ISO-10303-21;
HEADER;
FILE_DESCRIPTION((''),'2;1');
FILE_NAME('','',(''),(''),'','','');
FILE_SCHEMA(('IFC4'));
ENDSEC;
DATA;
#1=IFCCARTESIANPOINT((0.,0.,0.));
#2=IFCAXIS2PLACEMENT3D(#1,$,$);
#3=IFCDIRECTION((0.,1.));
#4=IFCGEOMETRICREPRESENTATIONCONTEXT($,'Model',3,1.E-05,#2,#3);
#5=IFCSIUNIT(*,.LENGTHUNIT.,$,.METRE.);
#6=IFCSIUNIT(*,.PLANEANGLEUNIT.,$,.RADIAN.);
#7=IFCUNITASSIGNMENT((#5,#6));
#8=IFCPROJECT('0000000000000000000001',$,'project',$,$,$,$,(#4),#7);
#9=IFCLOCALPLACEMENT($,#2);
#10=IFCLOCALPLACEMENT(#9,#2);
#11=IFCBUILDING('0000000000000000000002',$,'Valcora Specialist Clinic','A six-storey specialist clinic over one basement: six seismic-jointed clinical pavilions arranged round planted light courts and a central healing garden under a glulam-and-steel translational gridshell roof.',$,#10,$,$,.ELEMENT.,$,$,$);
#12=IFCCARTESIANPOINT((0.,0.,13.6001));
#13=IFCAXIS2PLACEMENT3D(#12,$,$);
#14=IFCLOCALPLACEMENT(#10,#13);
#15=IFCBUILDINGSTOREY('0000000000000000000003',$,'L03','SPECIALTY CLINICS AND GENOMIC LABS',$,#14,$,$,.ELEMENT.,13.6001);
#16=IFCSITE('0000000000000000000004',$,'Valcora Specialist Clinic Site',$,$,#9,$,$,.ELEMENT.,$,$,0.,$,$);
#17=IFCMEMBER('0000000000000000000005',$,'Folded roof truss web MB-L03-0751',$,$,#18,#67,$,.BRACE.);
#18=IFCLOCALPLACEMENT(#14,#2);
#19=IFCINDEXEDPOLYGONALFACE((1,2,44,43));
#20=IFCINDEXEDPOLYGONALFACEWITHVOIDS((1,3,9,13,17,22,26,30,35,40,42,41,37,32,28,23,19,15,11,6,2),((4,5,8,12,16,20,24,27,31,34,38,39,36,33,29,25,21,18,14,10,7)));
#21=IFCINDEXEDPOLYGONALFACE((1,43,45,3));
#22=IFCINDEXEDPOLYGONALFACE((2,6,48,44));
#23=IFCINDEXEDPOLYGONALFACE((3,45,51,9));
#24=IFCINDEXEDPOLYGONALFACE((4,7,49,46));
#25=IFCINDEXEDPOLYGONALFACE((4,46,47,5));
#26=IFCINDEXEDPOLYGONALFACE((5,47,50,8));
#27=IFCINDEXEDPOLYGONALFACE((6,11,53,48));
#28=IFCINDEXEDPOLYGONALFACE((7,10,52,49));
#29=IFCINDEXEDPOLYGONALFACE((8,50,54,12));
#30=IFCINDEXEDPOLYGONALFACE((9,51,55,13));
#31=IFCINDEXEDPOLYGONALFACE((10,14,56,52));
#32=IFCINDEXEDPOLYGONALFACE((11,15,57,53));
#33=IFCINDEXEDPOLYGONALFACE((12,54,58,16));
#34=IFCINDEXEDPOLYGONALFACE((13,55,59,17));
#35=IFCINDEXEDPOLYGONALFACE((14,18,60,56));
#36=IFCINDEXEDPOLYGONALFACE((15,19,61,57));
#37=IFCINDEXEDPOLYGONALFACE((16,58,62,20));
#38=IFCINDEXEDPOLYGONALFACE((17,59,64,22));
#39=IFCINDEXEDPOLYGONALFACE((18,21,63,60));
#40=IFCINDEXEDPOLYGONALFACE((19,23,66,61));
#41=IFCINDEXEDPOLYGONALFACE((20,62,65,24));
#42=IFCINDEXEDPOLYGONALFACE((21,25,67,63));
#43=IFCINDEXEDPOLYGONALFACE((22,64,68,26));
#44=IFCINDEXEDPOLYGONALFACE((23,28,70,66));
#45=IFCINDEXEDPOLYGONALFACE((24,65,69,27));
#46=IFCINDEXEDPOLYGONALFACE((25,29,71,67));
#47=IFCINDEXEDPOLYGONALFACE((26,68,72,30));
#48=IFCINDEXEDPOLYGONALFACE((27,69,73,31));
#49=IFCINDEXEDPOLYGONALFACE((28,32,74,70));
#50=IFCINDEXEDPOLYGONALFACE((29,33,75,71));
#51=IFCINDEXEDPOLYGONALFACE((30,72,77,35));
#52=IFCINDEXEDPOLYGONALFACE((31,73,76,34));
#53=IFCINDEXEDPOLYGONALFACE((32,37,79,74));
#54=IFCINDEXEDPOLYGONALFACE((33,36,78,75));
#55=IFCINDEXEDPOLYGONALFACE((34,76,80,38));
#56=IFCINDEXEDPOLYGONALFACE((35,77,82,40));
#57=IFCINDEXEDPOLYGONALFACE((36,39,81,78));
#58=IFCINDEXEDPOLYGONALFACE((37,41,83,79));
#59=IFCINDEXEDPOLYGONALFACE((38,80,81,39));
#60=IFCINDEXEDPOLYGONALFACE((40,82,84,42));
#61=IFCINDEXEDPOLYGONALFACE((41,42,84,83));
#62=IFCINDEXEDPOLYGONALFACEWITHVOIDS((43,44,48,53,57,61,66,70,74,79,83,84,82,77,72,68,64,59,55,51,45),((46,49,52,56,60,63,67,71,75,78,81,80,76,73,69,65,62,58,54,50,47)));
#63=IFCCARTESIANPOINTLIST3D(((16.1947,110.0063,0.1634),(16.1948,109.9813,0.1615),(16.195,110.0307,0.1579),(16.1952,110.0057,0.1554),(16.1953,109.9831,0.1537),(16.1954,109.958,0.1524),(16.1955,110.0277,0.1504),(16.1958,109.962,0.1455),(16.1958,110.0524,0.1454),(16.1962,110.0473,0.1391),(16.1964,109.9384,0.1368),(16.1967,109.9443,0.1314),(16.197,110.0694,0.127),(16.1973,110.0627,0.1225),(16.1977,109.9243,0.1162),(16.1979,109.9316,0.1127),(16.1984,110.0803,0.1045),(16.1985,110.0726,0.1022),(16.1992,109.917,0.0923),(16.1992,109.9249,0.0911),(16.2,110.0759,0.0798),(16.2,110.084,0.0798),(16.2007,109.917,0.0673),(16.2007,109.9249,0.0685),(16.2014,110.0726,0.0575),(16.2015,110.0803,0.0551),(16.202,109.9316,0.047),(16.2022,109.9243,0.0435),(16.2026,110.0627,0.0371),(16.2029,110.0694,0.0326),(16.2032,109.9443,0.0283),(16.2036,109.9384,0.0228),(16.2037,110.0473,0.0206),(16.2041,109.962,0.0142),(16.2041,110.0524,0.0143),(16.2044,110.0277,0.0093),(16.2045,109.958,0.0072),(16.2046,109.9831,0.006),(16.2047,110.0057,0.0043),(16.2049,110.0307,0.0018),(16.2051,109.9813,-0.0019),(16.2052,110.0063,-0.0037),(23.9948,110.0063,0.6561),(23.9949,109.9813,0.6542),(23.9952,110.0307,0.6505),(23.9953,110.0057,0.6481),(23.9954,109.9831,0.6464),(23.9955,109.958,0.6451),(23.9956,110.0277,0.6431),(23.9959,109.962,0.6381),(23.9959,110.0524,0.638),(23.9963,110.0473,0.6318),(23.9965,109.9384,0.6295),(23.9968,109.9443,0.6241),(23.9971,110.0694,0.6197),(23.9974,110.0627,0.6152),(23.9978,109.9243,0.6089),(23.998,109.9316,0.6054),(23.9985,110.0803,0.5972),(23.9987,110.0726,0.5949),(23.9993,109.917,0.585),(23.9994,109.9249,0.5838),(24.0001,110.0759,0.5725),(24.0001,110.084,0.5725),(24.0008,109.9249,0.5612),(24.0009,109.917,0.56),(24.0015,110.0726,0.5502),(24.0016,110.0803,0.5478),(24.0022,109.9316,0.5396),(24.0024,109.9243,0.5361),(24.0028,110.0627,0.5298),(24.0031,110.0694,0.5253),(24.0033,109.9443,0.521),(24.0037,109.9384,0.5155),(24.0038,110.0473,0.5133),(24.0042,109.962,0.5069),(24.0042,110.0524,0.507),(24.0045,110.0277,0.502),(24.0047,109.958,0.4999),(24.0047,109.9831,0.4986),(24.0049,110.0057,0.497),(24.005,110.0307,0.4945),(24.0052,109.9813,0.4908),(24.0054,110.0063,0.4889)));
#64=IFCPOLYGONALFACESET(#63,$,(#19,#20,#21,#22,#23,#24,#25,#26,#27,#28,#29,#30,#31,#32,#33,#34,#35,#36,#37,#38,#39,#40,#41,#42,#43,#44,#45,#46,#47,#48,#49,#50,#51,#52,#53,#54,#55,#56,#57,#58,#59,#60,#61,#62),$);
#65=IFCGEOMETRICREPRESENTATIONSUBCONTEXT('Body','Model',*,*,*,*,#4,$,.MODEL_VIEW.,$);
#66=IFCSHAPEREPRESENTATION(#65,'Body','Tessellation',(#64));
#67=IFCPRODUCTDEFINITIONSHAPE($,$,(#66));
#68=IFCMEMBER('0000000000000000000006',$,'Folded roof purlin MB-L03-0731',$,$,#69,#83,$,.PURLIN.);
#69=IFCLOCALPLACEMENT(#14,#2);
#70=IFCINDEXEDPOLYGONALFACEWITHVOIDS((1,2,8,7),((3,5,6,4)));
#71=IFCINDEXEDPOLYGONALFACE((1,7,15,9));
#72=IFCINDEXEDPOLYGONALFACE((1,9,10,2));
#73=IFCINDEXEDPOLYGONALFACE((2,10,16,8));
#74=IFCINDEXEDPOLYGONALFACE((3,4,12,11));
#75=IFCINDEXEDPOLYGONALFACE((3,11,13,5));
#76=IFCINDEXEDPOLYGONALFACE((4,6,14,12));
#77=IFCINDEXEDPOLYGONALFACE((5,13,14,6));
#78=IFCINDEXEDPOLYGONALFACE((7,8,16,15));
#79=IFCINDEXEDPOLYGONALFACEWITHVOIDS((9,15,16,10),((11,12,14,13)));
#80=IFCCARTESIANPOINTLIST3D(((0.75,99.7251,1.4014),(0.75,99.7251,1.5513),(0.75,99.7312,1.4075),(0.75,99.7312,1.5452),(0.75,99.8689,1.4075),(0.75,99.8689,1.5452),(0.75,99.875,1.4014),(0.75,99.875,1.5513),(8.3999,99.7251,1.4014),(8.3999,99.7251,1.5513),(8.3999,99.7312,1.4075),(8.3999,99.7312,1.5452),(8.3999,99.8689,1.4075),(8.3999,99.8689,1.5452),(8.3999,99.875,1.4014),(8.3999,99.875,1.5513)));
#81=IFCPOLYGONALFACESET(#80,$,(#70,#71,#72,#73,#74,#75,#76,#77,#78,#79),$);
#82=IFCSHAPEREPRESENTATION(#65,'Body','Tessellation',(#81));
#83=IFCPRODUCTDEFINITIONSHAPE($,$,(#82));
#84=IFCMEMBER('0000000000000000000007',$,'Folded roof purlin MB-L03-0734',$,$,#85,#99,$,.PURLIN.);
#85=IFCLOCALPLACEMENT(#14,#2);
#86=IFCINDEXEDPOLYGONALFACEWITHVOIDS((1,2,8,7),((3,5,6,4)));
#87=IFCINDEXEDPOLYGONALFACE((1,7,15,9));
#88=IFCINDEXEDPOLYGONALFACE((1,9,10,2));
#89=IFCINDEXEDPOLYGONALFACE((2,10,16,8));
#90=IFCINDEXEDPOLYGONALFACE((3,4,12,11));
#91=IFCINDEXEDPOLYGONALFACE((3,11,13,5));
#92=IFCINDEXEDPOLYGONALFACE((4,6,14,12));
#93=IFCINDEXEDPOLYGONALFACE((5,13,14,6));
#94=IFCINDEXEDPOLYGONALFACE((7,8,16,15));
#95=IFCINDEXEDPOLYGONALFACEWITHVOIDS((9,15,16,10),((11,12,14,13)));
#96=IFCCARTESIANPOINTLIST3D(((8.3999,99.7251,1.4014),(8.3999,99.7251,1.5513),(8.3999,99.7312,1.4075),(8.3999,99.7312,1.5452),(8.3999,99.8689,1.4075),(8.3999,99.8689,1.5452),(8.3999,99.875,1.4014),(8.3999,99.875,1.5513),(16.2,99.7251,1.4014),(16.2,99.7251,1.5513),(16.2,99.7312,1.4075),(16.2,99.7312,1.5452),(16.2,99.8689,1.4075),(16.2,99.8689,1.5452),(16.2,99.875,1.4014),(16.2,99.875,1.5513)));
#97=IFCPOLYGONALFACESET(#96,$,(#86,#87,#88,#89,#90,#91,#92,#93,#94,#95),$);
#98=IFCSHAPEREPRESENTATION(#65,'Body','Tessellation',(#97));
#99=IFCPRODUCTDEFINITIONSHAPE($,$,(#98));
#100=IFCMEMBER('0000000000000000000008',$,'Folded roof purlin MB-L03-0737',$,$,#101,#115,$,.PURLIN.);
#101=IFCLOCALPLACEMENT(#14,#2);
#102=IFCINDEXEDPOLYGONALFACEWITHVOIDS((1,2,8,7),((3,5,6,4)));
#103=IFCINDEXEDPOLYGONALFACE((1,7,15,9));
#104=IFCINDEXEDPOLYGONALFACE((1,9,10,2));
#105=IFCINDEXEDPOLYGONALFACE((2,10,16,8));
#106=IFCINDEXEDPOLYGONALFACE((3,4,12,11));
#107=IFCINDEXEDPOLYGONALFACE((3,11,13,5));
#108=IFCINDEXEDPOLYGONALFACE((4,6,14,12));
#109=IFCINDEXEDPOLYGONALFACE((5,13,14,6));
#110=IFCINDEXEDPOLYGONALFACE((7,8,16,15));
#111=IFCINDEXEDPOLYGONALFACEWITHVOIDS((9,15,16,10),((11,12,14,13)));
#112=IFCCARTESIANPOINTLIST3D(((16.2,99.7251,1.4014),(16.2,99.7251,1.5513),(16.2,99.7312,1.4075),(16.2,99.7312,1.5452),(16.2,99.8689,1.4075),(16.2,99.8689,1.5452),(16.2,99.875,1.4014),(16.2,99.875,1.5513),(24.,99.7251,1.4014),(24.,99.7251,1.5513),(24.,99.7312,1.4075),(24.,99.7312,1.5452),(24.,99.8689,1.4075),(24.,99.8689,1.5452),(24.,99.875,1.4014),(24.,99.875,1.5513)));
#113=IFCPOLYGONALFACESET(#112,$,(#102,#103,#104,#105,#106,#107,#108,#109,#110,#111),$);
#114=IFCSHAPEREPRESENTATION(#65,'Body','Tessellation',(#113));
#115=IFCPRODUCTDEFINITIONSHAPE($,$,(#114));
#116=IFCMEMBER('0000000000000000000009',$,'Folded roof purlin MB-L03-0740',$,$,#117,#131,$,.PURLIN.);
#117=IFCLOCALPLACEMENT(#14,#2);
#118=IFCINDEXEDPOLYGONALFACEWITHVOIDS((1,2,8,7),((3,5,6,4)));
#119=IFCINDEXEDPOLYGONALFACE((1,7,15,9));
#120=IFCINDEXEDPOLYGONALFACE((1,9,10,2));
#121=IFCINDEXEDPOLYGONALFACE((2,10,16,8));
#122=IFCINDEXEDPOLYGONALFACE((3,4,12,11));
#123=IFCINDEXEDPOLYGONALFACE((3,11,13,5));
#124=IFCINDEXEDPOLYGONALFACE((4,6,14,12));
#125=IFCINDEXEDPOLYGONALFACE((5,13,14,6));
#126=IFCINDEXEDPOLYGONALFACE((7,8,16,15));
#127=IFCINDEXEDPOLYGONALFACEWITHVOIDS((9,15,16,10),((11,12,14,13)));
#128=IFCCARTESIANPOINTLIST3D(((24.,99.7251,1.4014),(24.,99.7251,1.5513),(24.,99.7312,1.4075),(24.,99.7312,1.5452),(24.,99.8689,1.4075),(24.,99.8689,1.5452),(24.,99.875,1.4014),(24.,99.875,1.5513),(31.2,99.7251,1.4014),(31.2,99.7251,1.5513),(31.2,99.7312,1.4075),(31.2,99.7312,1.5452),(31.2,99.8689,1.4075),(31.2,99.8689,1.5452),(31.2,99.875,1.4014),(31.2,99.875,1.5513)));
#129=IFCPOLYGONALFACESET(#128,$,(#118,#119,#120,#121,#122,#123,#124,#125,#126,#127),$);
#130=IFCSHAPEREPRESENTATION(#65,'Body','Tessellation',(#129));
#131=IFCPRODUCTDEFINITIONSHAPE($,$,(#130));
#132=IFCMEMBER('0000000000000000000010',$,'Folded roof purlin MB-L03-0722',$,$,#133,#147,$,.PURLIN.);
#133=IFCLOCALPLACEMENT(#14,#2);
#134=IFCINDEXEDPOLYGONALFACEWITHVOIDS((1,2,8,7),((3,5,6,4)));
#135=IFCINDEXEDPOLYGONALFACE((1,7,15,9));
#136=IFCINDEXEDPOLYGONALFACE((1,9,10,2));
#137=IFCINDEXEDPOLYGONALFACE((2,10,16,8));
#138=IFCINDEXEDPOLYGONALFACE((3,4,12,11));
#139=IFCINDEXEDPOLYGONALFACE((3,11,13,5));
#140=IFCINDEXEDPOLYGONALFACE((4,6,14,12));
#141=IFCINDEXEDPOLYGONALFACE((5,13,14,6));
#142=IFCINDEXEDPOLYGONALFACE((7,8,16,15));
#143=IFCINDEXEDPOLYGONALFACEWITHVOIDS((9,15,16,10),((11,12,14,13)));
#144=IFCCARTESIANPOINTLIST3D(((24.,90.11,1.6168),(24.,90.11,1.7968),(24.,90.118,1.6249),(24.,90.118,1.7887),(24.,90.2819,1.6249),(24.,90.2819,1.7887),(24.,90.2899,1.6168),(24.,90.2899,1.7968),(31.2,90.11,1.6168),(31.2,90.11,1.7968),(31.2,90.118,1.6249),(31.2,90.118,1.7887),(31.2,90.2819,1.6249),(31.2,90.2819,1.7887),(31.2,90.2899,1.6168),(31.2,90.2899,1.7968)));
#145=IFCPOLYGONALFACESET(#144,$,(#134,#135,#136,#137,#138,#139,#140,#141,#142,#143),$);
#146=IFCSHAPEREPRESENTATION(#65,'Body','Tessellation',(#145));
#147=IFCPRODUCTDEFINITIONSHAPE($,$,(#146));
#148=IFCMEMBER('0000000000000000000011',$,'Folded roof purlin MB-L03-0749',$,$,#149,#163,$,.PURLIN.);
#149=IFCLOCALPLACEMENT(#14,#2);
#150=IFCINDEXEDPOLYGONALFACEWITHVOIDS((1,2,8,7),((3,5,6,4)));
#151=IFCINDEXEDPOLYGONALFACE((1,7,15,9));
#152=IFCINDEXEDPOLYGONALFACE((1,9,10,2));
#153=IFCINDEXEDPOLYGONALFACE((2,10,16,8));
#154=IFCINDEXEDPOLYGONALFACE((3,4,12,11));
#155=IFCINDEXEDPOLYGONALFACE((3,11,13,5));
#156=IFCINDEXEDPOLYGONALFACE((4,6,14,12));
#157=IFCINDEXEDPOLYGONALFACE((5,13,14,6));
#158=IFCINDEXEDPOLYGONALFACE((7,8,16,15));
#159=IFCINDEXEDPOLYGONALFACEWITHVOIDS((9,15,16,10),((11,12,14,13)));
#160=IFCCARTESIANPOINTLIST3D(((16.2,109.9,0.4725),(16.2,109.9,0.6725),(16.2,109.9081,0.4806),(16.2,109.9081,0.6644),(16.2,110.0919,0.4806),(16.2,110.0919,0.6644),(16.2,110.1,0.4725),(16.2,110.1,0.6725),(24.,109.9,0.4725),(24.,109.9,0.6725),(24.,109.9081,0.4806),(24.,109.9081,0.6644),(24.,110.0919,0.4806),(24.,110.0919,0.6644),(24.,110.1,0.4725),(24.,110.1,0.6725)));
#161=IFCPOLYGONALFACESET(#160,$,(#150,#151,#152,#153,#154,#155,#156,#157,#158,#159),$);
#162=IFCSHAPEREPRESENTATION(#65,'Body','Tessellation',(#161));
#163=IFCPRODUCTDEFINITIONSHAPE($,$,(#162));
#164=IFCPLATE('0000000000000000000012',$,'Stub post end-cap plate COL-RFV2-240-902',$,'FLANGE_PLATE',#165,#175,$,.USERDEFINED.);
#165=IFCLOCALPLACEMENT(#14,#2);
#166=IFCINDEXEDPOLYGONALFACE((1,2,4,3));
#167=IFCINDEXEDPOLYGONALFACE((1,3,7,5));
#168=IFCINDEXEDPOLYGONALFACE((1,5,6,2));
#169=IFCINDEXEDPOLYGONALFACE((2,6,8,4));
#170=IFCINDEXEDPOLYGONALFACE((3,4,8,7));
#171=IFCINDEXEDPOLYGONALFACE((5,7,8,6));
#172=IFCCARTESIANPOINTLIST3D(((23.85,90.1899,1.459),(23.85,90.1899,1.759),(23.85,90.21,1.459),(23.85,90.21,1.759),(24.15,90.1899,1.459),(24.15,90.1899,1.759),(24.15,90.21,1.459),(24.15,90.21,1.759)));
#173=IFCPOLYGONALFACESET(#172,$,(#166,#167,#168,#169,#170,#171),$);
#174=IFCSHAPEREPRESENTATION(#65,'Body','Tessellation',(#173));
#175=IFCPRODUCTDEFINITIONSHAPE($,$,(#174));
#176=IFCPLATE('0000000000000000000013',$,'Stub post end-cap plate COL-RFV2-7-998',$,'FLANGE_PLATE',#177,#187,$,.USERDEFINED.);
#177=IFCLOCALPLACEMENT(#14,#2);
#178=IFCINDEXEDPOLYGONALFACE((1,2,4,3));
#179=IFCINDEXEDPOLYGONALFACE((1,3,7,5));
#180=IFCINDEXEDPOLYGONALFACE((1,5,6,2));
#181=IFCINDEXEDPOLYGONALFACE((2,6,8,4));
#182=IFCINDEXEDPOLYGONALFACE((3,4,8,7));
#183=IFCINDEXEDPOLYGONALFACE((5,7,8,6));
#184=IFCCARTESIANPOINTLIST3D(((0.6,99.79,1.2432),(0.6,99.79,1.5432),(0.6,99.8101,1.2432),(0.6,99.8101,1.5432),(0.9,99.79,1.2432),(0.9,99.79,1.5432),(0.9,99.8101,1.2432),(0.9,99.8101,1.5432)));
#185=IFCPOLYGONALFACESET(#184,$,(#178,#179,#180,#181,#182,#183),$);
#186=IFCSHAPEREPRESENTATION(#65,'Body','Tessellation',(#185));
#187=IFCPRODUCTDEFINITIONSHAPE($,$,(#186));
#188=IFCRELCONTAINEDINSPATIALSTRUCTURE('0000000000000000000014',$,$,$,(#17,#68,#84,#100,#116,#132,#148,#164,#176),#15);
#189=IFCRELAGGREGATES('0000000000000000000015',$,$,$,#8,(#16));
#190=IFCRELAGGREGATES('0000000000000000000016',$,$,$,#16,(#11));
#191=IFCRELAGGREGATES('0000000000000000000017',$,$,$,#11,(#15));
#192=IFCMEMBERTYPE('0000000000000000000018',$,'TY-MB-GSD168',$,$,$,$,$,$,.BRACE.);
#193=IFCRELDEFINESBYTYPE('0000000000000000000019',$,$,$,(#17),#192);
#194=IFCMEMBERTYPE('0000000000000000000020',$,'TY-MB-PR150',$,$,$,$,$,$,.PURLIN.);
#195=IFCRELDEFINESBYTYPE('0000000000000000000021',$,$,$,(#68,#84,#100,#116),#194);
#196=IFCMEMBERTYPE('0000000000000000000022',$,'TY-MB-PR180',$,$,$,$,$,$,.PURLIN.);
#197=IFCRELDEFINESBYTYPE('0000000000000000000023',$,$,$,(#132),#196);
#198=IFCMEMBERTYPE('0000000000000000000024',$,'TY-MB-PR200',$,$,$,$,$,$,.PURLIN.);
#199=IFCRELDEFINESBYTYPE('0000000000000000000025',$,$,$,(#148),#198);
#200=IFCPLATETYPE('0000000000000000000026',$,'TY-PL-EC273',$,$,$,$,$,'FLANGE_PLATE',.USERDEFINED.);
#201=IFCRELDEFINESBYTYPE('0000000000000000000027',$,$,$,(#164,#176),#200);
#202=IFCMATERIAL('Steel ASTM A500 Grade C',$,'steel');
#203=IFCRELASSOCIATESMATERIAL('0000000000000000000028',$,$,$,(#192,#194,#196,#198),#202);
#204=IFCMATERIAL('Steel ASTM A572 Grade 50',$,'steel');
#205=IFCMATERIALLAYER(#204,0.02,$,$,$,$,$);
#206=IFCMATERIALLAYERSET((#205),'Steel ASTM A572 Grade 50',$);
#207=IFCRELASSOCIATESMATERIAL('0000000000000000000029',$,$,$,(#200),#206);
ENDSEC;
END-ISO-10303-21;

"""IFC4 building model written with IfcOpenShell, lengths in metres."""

from ifc_helpers import new_model, si_unit, direction, frame, origin, origin_2d, place, context, subcontext, project, spatial, rectangle, hollow_rectangle, hollow_circle, extrude, material, layer, layer_set, material_profile, profile_set, type_object, element, save


model = new_model("IFC4")

# Units and contexts
model_context = context("Model", 3, precision=1e-05, world=origin(), true_north=direction((0.0, 1.0)))
body_context = subcontext(model_context, "Body", "Model", "MODEL_VIEW")
ifc_project = project(units=[si_unit("LENGTHUNIT", "METRE"), si_unit("PLANEANGLEUNIT", "RADIAN")], contexts=[model_context])

# Site, building, storey
site_placement = place(None, origin())
site = spatial("IfcSite", under=ifc_project, at=site_placement, Name="Valcora Specialist Clinic Site", CompositionType="ELEMENT", RefElevation=0.0)
building_placement = place(site_placement, origin())
building = spatial("IfcBuilding", under=site, at=building_placement, Name="Valcora Specialist Clinic", Description="A six-storey specialist clinic over one basement: six seismic-jointed clinical pavilions arranged round planted light courts and a central healing garden under a glulam-and-steel translational gridshell roof.", CompositionType="ELEMENT")
storey_placement = place(building_placement, frame((0.0, 0.0, 13.6001)))
storey = spatial("IfcBuildingStorey", under=building, at=storey_placement, Name="L03", Description="SPECIALTY CLINICS AND GENOMIC LABS", CompositionType="ELEMENT", Elevation=13.6001)

# Shared definitions
ifc_material_1 = material(Name="Steel ASTM A500 Grade C", Category="steel")

# Members
ifc_material_profile_1 = material_profile(ifc_material_1, hollow_circle(Radius=0.084, WallThickness=0.0081, at=origin_2d()), Name="ST-CHS-168X8")
ifc_profile_set_1 = profile_set([ifc_material_profile_1], Name="Steel ASTM A500 Grade C")
member_type_1 = type_object("IfcMemberType", Name="TY-MB-GSD168", PredefinedType="BRACE", material=ifc_profile_set_1)
member_1_placement = place(storey_placement, frame((16.2, 110.0, 0.0798), z_axis=(0.998011, 0.0, 0.063038), x_axis=(0.0, 1.0, 0.0)))
element("IfcMember", 1, at=member_1_placement, inside=storey, type_object=member_type_1, Name="Folded roof truss web MB-L03-0751", PredefinedType="BRACE", context=body_context, shape_type="SweptSolid", body=[
    extrude(hollow_circle(Radius=0.084, WallThickness=0.0081, at=origin_2d()), origin(), (0.0, 0.0, 1.0), 7.8157),
])
ifc_material_profile_2 = material_profile(ifc_material_1, hollow_rectangle(XDim=0.1499, YDim=0.1499, WallThickness=0.0061, at=origin_2d()), Name="ST-RHS-150X150X6")
ifc_profile_set_2 = profile_set([ifc_material_profile_2], Name="Steel ASTM A500 Grade C")
member_type_2 = type_object("IfcMemberType", Name="TY-MB-PR150", PredefinedType="PURLIN", material=ifc_profile_set_2)
member_2_placement = place(storey_placement, frame((0.75, 99.8, 1.4763), z_axis=(1.0, 0.0, 0.0), x_axis=(0.0, 1.0, 0.0)))
element("IfcMember", 2, at=member_2_placement, inside=storey, type_object=member_type_2, Name="Folded roof purlin MB-L03-0731", PredefinedType="PURLIN", context=body_context, shape_type="SweptSolid", body=[
    extrude(hollow_rectangle(XDim=0.1499, YDim=0.1499, WallThickness=0.0061, at=origin_2d()), origin(), (0.0, 0.0, 1.0), 7.6499),
])
for number, where, z_axis, x_axis, name in (
    (3, (8.3999, 99.8, 1.4763), (1.0, 0.0, 0.0), (0.0, 1.0, 0.0), "Folded roof purlin MB-L03-0734"),
    (4, (16.2, 99.8, 1.4763), (1.0, 0.0, 0.0), (0.0, 1.0, 0.0), "Folded roof purlin MB-L03-0737"),
):
    element("IfcMember", number, at=place(storey_placement, frame(where, z_axis=z_axis, x_axis=x_axis)), inside=storey, type_object=member_type_2, Name=name, PredefinedType="PURLIN", context=body_context, shape_type="SweptSolid", body=[
        extrude(hollow_rectangle(XDim=0.1499, YDim=0.1499, WallThickness=0.0061, at=origin_2d()), origin(), (0.0, 0.0, 1.0), 7.8),
    ])
member_3_placement = place(storey_placement, frame((24.0, 99.8, 1.4763), z_axis=(1.0, 0.0, 0.0), x_axis=(0.0, 1.0, 0.0)))
element("IfcMember", 5, at=member_3_placement, inside=storey, type_object=member_type_2, Name="Folded roof purlin MB-L03-0740", PredefinedType="PURLIN", context=body_context, shape_type="SweptSolid", body=[
    extrude(hollow_rectangle(XDim=0.1499, YDim=0.1499, WallThickness=0.0061, at=origin_2d()), origin(), (0.0, 0.0, 1.0), 7.2),
])
ifc_material_profile_3 = material_profile(ifc_material_1, hollow_rectangle(XDim=0.1799, YDim=0.1799, WallThickness=0.0081, at=origin_2d()), Name="ST-RHS-180X180X8")
ifc_profile_set_3 = profile_set([ifc_material_profile_3], Name="Steel ASTM A500 Grade C")
member_type_3 = type_object("IfcMemberType", Name="TY-MB-PR180", PredefinedType="PURLIN", material=ifc_profile_set_3)
member_4_placement = place(storey_placement, frame((24.0, 90.2, 1.7068), z_axis=(1.0, 0.0, 0.0), x_axis=(0.0, 1.0, 0.0)))
element("IfcMember", 6, at=member_4_placement, inside=storey, type_object=member_type_3, Name="Folded roof purlin MB-L03-0722", PredefinedType="PURLIN", context=body_context, shape_type="SweptSolid", body=[
    extrude(hollow_rectangle(XDim=0.1799, YDim=0.1799, WallThickness=0.0081, at=origin_2d()), origin(), (0.0, 0.0, 1.0), 7.2),
])
ifc_material_profile_4 = material_profile(ifc_material_1, hollow_rectangle(XDim=0.2, YDim=0.2, WallThickness=0.0081, at=origin_2d()), Name="ST-RHS-200X200X8")
ifc_profile_set_4 = profile_set([ifc_material_profile_4], Name="Steel ASTM A500 Grade C")
member_type_4 = type_object("IfcMemberType", Name="TY-MB-PR200", PredefinedType="PURLIN", material=ifc_profile_set_4)
member_5_placement = place(storey_placement, frame((16.2, 110.0, 0.5725), z_axis=(1.0, 0.0, 0.0), x_axis=(0.0, 1.0, 0.0)))
element("IfcMember", 7, at=member_5_placement, inside=storey, type_object=member_type_4, Name="Folded roof purlin MB-L03-0749", PredefinedType="PURLIN", context=body_context, shape_type="SweptSolid", body=[
    extrude(hollow_rectangle(XDim=0.2, YDim=0.2, WallThickness=0.0081, at=origin_2d()), origin(), (0.0, 0.0, 1.0), 7.8),
])

# Plates
ifc_material_2 = material(Name="Steel ASTM A572 Grade 50", Category="steel")
ifc_layer_1 = layer(ifc_material_2, 0.02)
ifc_layer_set_1 = layer_set([ifc_layer_1], Name="Steel ASTM A572 Grade 50")
plate_type = type_object("IfcPlateType", Name="TY-PL-EC273", ElementType="FLANGE_PLATE", PredefinedType="USERDEFINED", material=ifc_layer_set_1)
for number, where, z_axis, x_axis, name in (
    (8, (24.0, 90.2, 1.459), (0.0, 0.0, 1.0), (1.0, 0.0, 0.0), "Stub post end-cap plate COL-RFV2-240-902"),
    (9, (0.75, 99.8, 1.2432), (0.0, 0.0, 1.0), (1.0, 0.0, 0.0), "Stub post end-cap plate COL-RFV2-7-998"),
):
    element("IfcPlate", number, at=place(storey_placement, frame(where, z_axis=z_axis, x_axis=x_axis)), inside=storey, type_object=plate_type, Name=name, ObjectType="FLANGE_PLATE", PredefinedType="USERDEFINED", context=body_context, shape_type="SweptSolid", body=[
        extrude(rectangle(XDim=0.3, YDim=0.02, at=origin_2d()), origin(), (0.0, 0.0, 1.0), 0.3),
    ])

save(model, "model.ifc")
